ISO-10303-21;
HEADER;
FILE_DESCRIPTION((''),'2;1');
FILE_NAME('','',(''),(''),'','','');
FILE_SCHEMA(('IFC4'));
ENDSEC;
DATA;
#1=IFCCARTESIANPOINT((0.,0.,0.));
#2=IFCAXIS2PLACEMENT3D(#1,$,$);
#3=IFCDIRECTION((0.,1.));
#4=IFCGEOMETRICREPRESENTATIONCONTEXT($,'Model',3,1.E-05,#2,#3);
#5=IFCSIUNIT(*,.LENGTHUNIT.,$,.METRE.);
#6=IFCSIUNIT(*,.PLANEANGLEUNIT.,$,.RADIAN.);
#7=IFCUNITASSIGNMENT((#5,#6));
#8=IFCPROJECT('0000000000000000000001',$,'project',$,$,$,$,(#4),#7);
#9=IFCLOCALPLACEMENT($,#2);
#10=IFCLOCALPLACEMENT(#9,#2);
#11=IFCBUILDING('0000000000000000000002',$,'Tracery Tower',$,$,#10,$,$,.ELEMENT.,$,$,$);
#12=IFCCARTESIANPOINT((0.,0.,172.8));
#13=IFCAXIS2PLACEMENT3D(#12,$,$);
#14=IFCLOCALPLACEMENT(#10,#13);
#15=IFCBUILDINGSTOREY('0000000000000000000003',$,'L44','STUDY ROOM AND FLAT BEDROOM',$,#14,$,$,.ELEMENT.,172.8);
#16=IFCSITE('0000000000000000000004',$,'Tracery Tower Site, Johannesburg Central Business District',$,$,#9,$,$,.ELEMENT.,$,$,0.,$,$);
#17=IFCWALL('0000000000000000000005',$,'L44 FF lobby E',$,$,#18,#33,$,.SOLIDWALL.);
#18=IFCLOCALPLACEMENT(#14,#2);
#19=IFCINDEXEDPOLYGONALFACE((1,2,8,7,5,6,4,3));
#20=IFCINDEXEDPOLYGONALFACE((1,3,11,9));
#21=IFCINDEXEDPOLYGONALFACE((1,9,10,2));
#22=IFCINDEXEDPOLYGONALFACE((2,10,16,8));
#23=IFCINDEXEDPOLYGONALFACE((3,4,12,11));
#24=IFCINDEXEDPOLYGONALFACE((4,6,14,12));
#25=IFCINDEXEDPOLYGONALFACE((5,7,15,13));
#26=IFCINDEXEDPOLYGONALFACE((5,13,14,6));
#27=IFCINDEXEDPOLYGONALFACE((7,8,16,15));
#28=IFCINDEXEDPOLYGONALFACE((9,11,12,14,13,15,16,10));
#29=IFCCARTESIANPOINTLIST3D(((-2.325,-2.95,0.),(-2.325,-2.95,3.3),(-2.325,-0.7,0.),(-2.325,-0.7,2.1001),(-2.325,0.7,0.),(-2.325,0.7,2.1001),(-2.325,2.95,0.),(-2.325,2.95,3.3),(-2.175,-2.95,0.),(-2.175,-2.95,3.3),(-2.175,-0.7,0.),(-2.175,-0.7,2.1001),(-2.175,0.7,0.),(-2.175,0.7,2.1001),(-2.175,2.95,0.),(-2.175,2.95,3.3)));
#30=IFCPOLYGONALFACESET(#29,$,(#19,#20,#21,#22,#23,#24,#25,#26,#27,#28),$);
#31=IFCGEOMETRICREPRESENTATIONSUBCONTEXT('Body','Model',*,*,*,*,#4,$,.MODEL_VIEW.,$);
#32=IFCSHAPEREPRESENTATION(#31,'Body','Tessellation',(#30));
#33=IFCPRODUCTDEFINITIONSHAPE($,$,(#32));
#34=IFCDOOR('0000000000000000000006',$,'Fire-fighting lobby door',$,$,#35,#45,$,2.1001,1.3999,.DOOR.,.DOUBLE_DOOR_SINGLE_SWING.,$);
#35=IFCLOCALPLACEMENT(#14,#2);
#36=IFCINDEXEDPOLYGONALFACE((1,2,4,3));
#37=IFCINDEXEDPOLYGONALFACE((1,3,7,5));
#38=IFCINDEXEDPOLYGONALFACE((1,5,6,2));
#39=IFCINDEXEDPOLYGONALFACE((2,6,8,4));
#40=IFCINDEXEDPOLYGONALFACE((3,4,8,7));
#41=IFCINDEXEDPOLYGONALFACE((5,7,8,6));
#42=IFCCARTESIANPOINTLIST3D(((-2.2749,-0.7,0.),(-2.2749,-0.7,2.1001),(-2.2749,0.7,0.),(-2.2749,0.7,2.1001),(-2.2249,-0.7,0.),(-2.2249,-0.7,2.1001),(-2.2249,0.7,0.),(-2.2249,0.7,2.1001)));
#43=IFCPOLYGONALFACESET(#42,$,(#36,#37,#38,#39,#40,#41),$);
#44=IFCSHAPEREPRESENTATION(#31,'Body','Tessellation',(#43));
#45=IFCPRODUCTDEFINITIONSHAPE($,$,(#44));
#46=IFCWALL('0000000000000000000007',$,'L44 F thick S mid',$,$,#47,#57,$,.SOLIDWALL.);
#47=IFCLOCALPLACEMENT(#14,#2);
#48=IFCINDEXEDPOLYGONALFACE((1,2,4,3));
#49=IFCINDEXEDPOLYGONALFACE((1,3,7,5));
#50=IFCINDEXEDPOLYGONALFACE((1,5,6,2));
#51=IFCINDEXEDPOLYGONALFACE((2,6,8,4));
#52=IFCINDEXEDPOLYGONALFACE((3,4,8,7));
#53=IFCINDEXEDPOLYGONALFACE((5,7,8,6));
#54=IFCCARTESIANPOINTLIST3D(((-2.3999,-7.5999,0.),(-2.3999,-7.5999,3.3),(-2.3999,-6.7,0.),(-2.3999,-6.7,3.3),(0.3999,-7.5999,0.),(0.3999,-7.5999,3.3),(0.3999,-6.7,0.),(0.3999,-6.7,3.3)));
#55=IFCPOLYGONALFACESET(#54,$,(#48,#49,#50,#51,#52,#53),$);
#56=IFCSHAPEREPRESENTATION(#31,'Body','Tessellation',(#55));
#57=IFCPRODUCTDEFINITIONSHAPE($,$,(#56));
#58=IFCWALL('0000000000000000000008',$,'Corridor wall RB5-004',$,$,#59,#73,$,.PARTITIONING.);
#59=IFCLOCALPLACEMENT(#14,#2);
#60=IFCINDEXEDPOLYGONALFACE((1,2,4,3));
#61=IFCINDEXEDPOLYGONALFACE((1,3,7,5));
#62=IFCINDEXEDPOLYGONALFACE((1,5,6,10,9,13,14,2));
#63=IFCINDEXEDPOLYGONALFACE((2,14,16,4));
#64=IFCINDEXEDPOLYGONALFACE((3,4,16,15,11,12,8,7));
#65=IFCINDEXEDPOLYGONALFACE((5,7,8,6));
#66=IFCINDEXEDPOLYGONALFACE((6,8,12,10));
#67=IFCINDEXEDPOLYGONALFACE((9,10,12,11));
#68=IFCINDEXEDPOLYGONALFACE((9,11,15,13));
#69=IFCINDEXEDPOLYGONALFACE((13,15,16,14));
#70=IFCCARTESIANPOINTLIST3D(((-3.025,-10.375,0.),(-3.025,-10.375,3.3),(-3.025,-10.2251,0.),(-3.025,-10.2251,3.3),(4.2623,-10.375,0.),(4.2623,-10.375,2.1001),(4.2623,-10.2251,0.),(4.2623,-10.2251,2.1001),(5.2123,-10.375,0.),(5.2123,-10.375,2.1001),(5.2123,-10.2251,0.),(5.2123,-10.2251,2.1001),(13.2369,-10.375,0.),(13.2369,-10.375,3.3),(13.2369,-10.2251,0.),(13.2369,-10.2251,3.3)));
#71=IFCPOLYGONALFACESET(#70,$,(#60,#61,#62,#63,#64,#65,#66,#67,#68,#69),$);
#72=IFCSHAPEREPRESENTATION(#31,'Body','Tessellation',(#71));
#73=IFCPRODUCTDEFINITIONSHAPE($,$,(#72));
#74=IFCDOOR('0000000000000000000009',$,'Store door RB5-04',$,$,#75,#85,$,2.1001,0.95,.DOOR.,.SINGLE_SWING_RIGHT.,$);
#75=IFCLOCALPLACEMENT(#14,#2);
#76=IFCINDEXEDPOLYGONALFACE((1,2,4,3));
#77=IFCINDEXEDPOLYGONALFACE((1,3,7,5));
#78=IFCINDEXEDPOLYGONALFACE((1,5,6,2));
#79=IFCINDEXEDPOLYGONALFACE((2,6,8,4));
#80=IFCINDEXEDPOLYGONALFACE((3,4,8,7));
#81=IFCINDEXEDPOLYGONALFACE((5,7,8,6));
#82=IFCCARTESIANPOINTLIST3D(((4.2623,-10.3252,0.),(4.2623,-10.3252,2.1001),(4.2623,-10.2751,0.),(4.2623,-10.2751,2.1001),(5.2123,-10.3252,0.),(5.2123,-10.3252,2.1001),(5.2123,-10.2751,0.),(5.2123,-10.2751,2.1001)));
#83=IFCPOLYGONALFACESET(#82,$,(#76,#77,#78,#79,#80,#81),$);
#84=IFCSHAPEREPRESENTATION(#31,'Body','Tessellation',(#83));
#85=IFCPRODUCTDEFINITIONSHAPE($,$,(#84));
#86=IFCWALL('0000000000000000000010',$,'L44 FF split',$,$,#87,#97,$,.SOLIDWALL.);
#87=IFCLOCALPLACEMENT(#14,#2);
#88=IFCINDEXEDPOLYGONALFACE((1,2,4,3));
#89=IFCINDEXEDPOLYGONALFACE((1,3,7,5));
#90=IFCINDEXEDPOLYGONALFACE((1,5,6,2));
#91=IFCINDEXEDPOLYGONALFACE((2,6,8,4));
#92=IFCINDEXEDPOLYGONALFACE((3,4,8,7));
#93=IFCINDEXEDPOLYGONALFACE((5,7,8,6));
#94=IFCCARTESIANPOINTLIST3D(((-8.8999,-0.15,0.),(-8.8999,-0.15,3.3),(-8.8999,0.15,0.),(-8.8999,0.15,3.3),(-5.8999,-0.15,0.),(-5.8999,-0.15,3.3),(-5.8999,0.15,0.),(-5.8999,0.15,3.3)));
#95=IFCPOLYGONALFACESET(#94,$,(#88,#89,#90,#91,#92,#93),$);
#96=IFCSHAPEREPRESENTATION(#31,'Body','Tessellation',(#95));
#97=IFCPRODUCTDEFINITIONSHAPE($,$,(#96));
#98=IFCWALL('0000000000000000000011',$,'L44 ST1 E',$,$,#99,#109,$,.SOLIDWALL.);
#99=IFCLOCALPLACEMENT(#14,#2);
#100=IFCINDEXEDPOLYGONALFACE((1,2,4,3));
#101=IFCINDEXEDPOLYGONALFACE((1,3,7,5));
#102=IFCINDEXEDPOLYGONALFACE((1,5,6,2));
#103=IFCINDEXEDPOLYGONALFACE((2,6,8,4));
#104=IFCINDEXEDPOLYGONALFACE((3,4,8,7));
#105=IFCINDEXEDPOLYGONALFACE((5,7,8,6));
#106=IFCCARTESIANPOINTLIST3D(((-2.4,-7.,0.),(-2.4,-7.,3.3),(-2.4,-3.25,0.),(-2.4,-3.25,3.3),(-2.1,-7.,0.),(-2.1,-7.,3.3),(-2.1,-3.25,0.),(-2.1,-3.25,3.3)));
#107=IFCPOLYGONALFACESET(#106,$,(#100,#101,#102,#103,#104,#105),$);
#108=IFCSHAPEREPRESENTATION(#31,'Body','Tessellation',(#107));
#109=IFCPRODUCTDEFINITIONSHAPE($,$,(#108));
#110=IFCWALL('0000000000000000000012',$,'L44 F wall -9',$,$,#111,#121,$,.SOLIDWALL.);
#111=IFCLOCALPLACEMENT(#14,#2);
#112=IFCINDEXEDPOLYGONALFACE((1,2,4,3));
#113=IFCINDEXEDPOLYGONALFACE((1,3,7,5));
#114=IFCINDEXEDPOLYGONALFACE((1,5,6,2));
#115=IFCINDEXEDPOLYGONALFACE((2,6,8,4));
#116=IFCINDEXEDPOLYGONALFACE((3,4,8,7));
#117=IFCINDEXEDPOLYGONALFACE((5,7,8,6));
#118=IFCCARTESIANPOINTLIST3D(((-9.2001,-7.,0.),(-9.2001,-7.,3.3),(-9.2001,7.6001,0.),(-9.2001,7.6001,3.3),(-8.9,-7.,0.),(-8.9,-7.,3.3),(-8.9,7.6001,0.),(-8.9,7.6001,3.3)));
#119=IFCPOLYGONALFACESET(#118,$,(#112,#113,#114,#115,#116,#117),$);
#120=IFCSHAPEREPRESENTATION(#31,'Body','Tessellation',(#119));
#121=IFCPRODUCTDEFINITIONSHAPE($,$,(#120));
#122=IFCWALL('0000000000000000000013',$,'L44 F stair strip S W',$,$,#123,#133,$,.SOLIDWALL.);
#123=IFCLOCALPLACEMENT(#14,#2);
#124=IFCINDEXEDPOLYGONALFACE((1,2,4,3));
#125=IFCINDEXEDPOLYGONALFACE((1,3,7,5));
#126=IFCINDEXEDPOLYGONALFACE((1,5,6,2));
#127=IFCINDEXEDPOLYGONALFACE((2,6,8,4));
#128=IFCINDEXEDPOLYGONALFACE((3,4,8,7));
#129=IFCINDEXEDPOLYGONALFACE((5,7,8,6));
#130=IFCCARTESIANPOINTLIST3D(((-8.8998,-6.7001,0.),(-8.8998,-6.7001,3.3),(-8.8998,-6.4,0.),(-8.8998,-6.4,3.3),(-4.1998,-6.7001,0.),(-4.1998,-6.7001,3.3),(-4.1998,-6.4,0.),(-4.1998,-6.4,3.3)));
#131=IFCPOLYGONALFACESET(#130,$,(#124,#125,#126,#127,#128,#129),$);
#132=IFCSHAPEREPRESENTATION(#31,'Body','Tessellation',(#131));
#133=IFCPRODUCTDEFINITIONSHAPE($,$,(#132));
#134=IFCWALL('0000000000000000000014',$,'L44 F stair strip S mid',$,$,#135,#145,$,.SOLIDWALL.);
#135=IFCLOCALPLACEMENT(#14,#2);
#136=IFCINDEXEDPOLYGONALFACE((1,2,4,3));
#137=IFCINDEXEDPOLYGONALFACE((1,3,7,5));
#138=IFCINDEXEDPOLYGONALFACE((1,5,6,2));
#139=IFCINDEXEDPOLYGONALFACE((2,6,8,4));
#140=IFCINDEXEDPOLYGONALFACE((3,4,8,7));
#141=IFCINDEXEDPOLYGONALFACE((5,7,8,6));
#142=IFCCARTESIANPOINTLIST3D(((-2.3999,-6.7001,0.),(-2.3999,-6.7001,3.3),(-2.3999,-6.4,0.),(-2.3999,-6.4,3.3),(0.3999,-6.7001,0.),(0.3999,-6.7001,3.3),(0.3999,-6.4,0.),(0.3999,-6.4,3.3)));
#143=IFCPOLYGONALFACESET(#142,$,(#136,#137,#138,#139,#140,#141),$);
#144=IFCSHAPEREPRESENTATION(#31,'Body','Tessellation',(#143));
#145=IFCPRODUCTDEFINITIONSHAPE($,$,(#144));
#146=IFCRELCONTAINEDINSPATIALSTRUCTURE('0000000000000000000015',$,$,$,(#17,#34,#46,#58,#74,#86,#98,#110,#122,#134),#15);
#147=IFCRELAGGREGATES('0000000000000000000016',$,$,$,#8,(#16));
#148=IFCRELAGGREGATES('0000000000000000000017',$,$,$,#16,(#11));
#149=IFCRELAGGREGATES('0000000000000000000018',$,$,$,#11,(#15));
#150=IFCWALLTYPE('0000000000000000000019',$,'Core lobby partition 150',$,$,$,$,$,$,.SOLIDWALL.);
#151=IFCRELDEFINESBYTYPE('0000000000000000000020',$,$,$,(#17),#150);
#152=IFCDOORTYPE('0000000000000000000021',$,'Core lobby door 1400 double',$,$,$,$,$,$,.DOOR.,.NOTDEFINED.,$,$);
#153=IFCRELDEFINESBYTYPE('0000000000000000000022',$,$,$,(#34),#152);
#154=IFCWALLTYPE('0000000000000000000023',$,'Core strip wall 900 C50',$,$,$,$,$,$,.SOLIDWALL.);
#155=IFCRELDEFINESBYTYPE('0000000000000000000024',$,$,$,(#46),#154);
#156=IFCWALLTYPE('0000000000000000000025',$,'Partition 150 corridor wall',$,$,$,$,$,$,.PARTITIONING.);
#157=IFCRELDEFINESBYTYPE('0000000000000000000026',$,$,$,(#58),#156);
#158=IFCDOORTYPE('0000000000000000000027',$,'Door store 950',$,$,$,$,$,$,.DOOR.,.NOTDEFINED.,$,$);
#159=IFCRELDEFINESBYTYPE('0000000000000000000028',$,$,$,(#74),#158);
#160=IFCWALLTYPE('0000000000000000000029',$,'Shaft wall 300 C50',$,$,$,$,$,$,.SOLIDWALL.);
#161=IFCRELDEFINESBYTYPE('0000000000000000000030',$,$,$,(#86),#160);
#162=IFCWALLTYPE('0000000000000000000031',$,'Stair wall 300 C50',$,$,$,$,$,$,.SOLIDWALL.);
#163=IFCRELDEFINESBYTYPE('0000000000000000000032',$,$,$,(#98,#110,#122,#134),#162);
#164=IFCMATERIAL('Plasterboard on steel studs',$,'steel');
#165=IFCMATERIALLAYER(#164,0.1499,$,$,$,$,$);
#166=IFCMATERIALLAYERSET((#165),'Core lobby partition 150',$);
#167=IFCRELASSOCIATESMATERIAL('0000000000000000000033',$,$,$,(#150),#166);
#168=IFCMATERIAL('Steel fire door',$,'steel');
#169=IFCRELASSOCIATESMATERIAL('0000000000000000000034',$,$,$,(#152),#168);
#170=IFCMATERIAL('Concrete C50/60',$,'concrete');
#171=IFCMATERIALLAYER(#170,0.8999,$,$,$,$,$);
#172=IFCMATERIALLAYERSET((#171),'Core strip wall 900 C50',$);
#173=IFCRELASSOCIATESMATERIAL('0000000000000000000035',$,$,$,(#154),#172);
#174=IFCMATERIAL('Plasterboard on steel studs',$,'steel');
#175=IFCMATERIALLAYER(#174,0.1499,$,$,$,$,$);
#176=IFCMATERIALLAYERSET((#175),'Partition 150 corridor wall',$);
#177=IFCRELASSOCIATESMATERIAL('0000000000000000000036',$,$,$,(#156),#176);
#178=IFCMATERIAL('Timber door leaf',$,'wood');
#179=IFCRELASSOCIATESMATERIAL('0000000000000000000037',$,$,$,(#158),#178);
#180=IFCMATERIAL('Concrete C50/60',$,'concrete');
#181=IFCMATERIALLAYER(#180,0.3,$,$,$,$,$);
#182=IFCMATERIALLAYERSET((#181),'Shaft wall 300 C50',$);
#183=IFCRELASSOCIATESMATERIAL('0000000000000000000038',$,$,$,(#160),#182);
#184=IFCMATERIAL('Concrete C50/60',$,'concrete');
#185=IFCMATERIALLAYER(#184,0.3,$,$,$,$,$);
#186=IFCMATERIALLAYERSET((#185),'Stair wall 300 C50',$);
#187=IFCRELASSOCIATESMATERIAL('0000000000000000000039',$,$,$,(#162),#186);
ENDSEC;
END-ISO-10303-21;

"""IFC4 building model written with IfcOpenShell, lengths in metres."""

from ifc_helpers import new_model, si_unit, direction, frame, frame_2d, origin, place, context, subcontext, project, spatial, rectangle, extrude, material, layer, layer_set, type_object, element, fill, save


model = new_model("IFC4")

# Units and contexts
model_context = context("Model", 3, precision=1e-05, world=origin(), true_north=direction((0.0, 1.0)))
body_context = subcontext(model_context, "Body", "Model", "MODEL_VIEW")
ifc_project = project(units=[si_unit("LENGTHUNIT", "METRE"), si_unit("PLANEANGLEUNIT", "RADIAN")], contexts=[model_context])

# Site, building, storey
site_placement = place(None, origin())
site = spatial("IfcSite", under=ifc_project, at=site_placement, Name="Tracery Tower Site, Johannesburg Central Business District", CompositionType="ELEMENT", RefElevation=0.0)
building_placement = place(site_placement, origin())
building = spatial("IfcBuilding", under=site, at=building_placement, Name="Tracery Tower", CompositionType="ELEMENT")
storey_placement = place(building_placement, frame((0.0, 0.0, 172.8)))
storey = spatial("IfcBuildingStorey", under=building, at=storey_placement, Name="L44", Description="STUDY ROOM AND FLAT BEDROOM", CompositionType="ELEMENT", Elevation=172.8)

# Wall, opening, door
ifc_material_1 = material(Name="Plasterboard on steel studs", Category="steel")
ifc_layer_1 = layer(ifc_material_1, 0.1499)
ifc_layer_set_1 = layer_set([ifc_layer_1], Name="Core lobby partition 150")
wall_type_1 = type_object("IfcWallType", Name="Core lobby partition 150", PredefinedType="SOLIDWALL", material=ifc_layer_set_1)
wall_1_placement = place(storey_placement, frame((-2.25, -2.95, 0.0), z_axis=(0.0, 0.0, 1.0), x_axis=(0.0, 1.0, 0.0)))
wall_1 = element("IfcWall", 1, at=wall_1_placement, inside=storey, type_object=wall_type_1, Name="L44 FF lobby E", PredefinedType="SOLIDWALL", context=body_context, shape_type="SweptSolid", body=[
    extrude(rectangle(XDim=5.8999, YDim=0.1499, at=frame_2d((2.95, 0.0))), origin(), (0.0, 0.0, 1.0), 3.3),
])
opening_1_placement = place(wall_1_placement, frame((2.25, 0.0, 0.0)))
opening_1 = element("IfcOpeningElement", 2, at=opening_1_placement, cuts=wall_1, PredefinedType="OPENING", context=body_context, shape_type="SweptSolid", body=[
    extrude(rectangle(XDim=1.3999, YDim=2.1001, at=frame_2d((0.7, 1.05))), frame((0.0, 0.075, 0.0), z_axis=(0.0, -1.0, 0.0), x_axis=(1.0, 0.0, 0.0)), (0.0, 0.0, 1.0), 0.1499),
])
ifc_material_2 = material(Name="Steel fire door", Category="steel")
door_type_1 = type_object("IfcDoorType", Name="Core lobby door 1400 double", OperationType="NOTDEFINED", PredefinedType="DOOR", material=ifc_material_2)
door_1_placement = place(opening_1_placement, origin())
door_1 = element("IfcDoor", 3, at=door_1_placement, inside=storey, type_object=door_type_1, Name="Fire-fighting lobby door", OperationType="DOUBLE_DOOR_SINGLE_SWING", OverallHeight=2.1001, OverallWidth=1.3999, PredefinedType="DOOR", context=body_context, shape_type="SweptSolid", body=[
    extrude(rectangle(XDim=1.3999, YDim=2.1001, at=frame_2d((0.7, 1.05))), frame((0.0, 0.0249, 0.0), z_axis=(0.0, -1.0, 0.0), x_axis=(1.0, 0.0, 0.0)), (0.0, 0.0, 1.0), 0.05),
])
fill(opening_1, door_1)

# Wall
ifc_material_3 = material(Name="Concrete C50/60", Category="concrete")
ifc_layer_2 = layer(ifc_material_3, 0.8999)
ifc_layer_set_2 = layer_set([ifc_layer_2], Name="Core strip wall 900 C50")
wall_type_2 = type_object("IfcWallType", Name="Core strip wall 900 C50", PredefinedType="SOLIDWALL", material=ifc_layer_set_2)
wall_2_placement = place(storey_placement, frame((-2.3999, -7.1499, 0.0), z_axis=(0.0, 0.0, 1.0), x_axis=(1.0, 0.0, 0.0)))
element("IfcWall", 4, at=wall_2_placement, inside=storey, type_object=wall_type_2, Name="L44 F thick S mid", PredefinedType="SOLIDWALL", context=body_context, shape_type="SweptSolid", body=[
    extrude(rectangle(XDim=2.7998, YDim=0.8999, at=frame_2d((1.3999, 0.0))), origin(), (0.0, 0.0, 1.0), 3.3),
])

# Wall, opening, door
ifc_material_4 = material(Name="Plasterboard on steel studs", Category="steel")
ifc_layer_3 = layer(ifc_material_4, 0.1499)
ifc_layer_set_3 = layer_set([ifc_layer_3], Name="Partition 150 corridor wall")
wall_type_3 = type_object("IfcWallType", Name="Partition 150 corridor wall", PredefinedType="PARTITIONING", material=ifc_layer_set_3)
wall_3_placement = place(storey_placement, frame((-3.0249, -10.3, 0.0), z_axis=(0.0, 0.0, 1.0), x_axis=(1.0, 0.0, 0.0)))
wall_3 = element("IfcWall", 5, at=wall_3_placement, inside=storey, type_object=wall_type_3, Name="Corridor wall RB5-004", PredefinedType="PARTITIONING", context=body_context, shape_type="SweptSolid", body=[
    extrude(rectangle(XDim=16.262, YDim=0.1499, at=frame_2d((8.1309, 0.0))), origin(), (0.0, 0.0, 1.0), 3.3),
])
opening_2_placement = place(wall_3_placement, frame((7.2871, 0.0, 0.0)))
opening_2 = element("IfcOpeningElement", 6, at=opening_2_placement, cuts=wall_3, PredefinedType="OPENING", context=body_context, shape_type="SweptSolid", body=[
    extrude(rectangle(XDim=0.95, YDim=2.1001, at=frame_2d((0.4751, 1.05))), frame((0.0, 0.075, 0.0), z_axis=(0.0, -1.0, 0.0), x_axis=(1.0, 0.0, 0.0)), (0.0, 0.0, 1.0), 0.1499),
])
ifc_material_5 = material(Name="Timber door leaf", Category="wood")
door_type_2 = type_object("IfcDoorType", Name="Door store 950", OperationType="NOTDEFINED", PredefinedType="DOOR", material=ifc_material_5)
door_2_placement = place(opening_2_placement, origin())
door_2 = element("IfcDoor", 7, at=door_2_placement, inside=storey, type_object=door_type_2, Name="Store door RB5-04", OperationType="SINGLE_SWING_RIGHT", OverallHeight=2.1001, OverallWidth=0.95, PredefinedType="DOOR", context=body_context, shape_type="SweptSolid", body=[
    extrude(rectangle(XDim=0.95, YDim=2.1001, at=frame_2d((0.4751, 1.05))), frame((0.0, 0.0249, 0.0), z_axis=(0.0, -1.0, 0.0), x_axis=(1.0, 0.0, 0.0)), (0.0, 0.0, 1.0), 0.05),
])
fill(opening_2, door_2)

# Wall
ifc_material_6 = material(Name="Concrete C50/60", Category="concrete")
ifc_layer_4 = layer(ifc_material_6, 0.3)
ifc_layer_set_4 = layer_set([ifc_layer_4], Name="Shaft wall 300 C50")
wall_type_4 = type_object("IfcWallType", Name="Shaft wall 300 C50", PredefinedType="SOLIDWALL", material=ifc_layer_set_4)
wall_4_placement = place(storey_placement, frame((-8.8999, 0.0, 0.0), z_axis=(0.0, 0.0, 1.0), x_axis=(1.0, 0.0, 0.0)))
element("IfcWall", 8, at=wall_4_placement, inside=storey, type_object=wall_type_4, Name="L44 FF split", PredefinedType="SOLIDWALL", context=body_context, shape_type="SweptSolid", body=[
    extrude(rectangle(XDim=3.0, YDim=0.3, at=frame_2d((1.5, 0.0))), origin(), (0.0, 0.0, 1.0), 3.3),
])

# Shared definitions
ifc_material_7 = material(Name="Concrete C50/60", Category="concrete")
ifc_layer_5 = layer(ifc_material_7, 0.3)
ifc_layer_set_5 = layer_set([ifc_layer_5], Name="Stair wall 300 C50")
wall_type_5 = type_object("IfcWallType", Name="Stair wall 300 C50", PredefinedType="SOLIDWALL", material=ifc_layer_set_5)

# Walls
wall_5_placement = place(storey_placement, frame((-2.25, -7.0, 0.0), z_axis=(0.0, 0.0, 1.0), x_axis=(0.0, 1.0, 0.0)))
element("IfcWall", 9, at=wall_5_placement, inside=storey, type_object=wall_type_5, Name="L44 ST1 E", PredefinedType="SOLIDWALL", context=body_context, shape_type="SweptSolid", body=[
    extrude(rectangle(XDim=3.75, YDim=0.3, at=frame_2d((1.875, 0.0))), origin(), (0.0, 0.0, 1.0), 3.3),
])
wall_6_placement = place(storey_placement, frame((-9.05, -7.0, 0.0), z_axis=(0.0, 0.0, 1.0), x_axis=(0.0, 1.0, 0.0)))
element("IfcWall", 10, at=wall_6_placement, inside=storey, type_object=wall_type_5, Name="L44 F wall -9", PredefinedType="SOLIDWALL", context=body_context, shape_type="SweptSolid", body=[
    extrude(rectangle(XDim=14.6001, YDim=0.3, at=frame_2d((7.3, 0.0))), origin(), (0.0, 0.0, 1.0), 3.3),
])
wall_7_placement = place(storey_placement, frame((-8.8999, -6.55, 0.0), z_axis=(0.0, 0.0, 1.0), x_axis=(1.0, 0.0, 0.0)))
element("IfcWall", 11, at=wall_7_placement, inside=storey, type_object=wall_type_5, Name="L44 F stair strip S W", PredefinedType="SOLIDWALL", context=body_context, shape_type="SweptSolid", body=[
    extrude(rectangle(XDim=4.7, YDim=0.3, at=frame_2d((2.3501, 0.0))), origin(), (0.0, 0.0, 1.0), 3.3),
])
wall_8_placement = place(storey_placement, frame((-2.3999, -6.55, 0.0), z_axis=(0.0, 0.0, 1.0), x_axis=(1.0, 0.0, 0.0)))
element("IfcWall", 12, at=wall_8_placement, inside=storey, type_object=wall_type_5, Name="L44 F stair strip S mid", PredefinedType="SOLIDWALL", context=body_context, shape_type="SweptSolid", body=[
    extrude(rectangle(XDim=2.7998, YDim=0.3, at=frame_2d((1.3999, 0.0))), origin(), (0.0, 0.0, 1.0), 3.3),
])

save(model, "model.ifc")
